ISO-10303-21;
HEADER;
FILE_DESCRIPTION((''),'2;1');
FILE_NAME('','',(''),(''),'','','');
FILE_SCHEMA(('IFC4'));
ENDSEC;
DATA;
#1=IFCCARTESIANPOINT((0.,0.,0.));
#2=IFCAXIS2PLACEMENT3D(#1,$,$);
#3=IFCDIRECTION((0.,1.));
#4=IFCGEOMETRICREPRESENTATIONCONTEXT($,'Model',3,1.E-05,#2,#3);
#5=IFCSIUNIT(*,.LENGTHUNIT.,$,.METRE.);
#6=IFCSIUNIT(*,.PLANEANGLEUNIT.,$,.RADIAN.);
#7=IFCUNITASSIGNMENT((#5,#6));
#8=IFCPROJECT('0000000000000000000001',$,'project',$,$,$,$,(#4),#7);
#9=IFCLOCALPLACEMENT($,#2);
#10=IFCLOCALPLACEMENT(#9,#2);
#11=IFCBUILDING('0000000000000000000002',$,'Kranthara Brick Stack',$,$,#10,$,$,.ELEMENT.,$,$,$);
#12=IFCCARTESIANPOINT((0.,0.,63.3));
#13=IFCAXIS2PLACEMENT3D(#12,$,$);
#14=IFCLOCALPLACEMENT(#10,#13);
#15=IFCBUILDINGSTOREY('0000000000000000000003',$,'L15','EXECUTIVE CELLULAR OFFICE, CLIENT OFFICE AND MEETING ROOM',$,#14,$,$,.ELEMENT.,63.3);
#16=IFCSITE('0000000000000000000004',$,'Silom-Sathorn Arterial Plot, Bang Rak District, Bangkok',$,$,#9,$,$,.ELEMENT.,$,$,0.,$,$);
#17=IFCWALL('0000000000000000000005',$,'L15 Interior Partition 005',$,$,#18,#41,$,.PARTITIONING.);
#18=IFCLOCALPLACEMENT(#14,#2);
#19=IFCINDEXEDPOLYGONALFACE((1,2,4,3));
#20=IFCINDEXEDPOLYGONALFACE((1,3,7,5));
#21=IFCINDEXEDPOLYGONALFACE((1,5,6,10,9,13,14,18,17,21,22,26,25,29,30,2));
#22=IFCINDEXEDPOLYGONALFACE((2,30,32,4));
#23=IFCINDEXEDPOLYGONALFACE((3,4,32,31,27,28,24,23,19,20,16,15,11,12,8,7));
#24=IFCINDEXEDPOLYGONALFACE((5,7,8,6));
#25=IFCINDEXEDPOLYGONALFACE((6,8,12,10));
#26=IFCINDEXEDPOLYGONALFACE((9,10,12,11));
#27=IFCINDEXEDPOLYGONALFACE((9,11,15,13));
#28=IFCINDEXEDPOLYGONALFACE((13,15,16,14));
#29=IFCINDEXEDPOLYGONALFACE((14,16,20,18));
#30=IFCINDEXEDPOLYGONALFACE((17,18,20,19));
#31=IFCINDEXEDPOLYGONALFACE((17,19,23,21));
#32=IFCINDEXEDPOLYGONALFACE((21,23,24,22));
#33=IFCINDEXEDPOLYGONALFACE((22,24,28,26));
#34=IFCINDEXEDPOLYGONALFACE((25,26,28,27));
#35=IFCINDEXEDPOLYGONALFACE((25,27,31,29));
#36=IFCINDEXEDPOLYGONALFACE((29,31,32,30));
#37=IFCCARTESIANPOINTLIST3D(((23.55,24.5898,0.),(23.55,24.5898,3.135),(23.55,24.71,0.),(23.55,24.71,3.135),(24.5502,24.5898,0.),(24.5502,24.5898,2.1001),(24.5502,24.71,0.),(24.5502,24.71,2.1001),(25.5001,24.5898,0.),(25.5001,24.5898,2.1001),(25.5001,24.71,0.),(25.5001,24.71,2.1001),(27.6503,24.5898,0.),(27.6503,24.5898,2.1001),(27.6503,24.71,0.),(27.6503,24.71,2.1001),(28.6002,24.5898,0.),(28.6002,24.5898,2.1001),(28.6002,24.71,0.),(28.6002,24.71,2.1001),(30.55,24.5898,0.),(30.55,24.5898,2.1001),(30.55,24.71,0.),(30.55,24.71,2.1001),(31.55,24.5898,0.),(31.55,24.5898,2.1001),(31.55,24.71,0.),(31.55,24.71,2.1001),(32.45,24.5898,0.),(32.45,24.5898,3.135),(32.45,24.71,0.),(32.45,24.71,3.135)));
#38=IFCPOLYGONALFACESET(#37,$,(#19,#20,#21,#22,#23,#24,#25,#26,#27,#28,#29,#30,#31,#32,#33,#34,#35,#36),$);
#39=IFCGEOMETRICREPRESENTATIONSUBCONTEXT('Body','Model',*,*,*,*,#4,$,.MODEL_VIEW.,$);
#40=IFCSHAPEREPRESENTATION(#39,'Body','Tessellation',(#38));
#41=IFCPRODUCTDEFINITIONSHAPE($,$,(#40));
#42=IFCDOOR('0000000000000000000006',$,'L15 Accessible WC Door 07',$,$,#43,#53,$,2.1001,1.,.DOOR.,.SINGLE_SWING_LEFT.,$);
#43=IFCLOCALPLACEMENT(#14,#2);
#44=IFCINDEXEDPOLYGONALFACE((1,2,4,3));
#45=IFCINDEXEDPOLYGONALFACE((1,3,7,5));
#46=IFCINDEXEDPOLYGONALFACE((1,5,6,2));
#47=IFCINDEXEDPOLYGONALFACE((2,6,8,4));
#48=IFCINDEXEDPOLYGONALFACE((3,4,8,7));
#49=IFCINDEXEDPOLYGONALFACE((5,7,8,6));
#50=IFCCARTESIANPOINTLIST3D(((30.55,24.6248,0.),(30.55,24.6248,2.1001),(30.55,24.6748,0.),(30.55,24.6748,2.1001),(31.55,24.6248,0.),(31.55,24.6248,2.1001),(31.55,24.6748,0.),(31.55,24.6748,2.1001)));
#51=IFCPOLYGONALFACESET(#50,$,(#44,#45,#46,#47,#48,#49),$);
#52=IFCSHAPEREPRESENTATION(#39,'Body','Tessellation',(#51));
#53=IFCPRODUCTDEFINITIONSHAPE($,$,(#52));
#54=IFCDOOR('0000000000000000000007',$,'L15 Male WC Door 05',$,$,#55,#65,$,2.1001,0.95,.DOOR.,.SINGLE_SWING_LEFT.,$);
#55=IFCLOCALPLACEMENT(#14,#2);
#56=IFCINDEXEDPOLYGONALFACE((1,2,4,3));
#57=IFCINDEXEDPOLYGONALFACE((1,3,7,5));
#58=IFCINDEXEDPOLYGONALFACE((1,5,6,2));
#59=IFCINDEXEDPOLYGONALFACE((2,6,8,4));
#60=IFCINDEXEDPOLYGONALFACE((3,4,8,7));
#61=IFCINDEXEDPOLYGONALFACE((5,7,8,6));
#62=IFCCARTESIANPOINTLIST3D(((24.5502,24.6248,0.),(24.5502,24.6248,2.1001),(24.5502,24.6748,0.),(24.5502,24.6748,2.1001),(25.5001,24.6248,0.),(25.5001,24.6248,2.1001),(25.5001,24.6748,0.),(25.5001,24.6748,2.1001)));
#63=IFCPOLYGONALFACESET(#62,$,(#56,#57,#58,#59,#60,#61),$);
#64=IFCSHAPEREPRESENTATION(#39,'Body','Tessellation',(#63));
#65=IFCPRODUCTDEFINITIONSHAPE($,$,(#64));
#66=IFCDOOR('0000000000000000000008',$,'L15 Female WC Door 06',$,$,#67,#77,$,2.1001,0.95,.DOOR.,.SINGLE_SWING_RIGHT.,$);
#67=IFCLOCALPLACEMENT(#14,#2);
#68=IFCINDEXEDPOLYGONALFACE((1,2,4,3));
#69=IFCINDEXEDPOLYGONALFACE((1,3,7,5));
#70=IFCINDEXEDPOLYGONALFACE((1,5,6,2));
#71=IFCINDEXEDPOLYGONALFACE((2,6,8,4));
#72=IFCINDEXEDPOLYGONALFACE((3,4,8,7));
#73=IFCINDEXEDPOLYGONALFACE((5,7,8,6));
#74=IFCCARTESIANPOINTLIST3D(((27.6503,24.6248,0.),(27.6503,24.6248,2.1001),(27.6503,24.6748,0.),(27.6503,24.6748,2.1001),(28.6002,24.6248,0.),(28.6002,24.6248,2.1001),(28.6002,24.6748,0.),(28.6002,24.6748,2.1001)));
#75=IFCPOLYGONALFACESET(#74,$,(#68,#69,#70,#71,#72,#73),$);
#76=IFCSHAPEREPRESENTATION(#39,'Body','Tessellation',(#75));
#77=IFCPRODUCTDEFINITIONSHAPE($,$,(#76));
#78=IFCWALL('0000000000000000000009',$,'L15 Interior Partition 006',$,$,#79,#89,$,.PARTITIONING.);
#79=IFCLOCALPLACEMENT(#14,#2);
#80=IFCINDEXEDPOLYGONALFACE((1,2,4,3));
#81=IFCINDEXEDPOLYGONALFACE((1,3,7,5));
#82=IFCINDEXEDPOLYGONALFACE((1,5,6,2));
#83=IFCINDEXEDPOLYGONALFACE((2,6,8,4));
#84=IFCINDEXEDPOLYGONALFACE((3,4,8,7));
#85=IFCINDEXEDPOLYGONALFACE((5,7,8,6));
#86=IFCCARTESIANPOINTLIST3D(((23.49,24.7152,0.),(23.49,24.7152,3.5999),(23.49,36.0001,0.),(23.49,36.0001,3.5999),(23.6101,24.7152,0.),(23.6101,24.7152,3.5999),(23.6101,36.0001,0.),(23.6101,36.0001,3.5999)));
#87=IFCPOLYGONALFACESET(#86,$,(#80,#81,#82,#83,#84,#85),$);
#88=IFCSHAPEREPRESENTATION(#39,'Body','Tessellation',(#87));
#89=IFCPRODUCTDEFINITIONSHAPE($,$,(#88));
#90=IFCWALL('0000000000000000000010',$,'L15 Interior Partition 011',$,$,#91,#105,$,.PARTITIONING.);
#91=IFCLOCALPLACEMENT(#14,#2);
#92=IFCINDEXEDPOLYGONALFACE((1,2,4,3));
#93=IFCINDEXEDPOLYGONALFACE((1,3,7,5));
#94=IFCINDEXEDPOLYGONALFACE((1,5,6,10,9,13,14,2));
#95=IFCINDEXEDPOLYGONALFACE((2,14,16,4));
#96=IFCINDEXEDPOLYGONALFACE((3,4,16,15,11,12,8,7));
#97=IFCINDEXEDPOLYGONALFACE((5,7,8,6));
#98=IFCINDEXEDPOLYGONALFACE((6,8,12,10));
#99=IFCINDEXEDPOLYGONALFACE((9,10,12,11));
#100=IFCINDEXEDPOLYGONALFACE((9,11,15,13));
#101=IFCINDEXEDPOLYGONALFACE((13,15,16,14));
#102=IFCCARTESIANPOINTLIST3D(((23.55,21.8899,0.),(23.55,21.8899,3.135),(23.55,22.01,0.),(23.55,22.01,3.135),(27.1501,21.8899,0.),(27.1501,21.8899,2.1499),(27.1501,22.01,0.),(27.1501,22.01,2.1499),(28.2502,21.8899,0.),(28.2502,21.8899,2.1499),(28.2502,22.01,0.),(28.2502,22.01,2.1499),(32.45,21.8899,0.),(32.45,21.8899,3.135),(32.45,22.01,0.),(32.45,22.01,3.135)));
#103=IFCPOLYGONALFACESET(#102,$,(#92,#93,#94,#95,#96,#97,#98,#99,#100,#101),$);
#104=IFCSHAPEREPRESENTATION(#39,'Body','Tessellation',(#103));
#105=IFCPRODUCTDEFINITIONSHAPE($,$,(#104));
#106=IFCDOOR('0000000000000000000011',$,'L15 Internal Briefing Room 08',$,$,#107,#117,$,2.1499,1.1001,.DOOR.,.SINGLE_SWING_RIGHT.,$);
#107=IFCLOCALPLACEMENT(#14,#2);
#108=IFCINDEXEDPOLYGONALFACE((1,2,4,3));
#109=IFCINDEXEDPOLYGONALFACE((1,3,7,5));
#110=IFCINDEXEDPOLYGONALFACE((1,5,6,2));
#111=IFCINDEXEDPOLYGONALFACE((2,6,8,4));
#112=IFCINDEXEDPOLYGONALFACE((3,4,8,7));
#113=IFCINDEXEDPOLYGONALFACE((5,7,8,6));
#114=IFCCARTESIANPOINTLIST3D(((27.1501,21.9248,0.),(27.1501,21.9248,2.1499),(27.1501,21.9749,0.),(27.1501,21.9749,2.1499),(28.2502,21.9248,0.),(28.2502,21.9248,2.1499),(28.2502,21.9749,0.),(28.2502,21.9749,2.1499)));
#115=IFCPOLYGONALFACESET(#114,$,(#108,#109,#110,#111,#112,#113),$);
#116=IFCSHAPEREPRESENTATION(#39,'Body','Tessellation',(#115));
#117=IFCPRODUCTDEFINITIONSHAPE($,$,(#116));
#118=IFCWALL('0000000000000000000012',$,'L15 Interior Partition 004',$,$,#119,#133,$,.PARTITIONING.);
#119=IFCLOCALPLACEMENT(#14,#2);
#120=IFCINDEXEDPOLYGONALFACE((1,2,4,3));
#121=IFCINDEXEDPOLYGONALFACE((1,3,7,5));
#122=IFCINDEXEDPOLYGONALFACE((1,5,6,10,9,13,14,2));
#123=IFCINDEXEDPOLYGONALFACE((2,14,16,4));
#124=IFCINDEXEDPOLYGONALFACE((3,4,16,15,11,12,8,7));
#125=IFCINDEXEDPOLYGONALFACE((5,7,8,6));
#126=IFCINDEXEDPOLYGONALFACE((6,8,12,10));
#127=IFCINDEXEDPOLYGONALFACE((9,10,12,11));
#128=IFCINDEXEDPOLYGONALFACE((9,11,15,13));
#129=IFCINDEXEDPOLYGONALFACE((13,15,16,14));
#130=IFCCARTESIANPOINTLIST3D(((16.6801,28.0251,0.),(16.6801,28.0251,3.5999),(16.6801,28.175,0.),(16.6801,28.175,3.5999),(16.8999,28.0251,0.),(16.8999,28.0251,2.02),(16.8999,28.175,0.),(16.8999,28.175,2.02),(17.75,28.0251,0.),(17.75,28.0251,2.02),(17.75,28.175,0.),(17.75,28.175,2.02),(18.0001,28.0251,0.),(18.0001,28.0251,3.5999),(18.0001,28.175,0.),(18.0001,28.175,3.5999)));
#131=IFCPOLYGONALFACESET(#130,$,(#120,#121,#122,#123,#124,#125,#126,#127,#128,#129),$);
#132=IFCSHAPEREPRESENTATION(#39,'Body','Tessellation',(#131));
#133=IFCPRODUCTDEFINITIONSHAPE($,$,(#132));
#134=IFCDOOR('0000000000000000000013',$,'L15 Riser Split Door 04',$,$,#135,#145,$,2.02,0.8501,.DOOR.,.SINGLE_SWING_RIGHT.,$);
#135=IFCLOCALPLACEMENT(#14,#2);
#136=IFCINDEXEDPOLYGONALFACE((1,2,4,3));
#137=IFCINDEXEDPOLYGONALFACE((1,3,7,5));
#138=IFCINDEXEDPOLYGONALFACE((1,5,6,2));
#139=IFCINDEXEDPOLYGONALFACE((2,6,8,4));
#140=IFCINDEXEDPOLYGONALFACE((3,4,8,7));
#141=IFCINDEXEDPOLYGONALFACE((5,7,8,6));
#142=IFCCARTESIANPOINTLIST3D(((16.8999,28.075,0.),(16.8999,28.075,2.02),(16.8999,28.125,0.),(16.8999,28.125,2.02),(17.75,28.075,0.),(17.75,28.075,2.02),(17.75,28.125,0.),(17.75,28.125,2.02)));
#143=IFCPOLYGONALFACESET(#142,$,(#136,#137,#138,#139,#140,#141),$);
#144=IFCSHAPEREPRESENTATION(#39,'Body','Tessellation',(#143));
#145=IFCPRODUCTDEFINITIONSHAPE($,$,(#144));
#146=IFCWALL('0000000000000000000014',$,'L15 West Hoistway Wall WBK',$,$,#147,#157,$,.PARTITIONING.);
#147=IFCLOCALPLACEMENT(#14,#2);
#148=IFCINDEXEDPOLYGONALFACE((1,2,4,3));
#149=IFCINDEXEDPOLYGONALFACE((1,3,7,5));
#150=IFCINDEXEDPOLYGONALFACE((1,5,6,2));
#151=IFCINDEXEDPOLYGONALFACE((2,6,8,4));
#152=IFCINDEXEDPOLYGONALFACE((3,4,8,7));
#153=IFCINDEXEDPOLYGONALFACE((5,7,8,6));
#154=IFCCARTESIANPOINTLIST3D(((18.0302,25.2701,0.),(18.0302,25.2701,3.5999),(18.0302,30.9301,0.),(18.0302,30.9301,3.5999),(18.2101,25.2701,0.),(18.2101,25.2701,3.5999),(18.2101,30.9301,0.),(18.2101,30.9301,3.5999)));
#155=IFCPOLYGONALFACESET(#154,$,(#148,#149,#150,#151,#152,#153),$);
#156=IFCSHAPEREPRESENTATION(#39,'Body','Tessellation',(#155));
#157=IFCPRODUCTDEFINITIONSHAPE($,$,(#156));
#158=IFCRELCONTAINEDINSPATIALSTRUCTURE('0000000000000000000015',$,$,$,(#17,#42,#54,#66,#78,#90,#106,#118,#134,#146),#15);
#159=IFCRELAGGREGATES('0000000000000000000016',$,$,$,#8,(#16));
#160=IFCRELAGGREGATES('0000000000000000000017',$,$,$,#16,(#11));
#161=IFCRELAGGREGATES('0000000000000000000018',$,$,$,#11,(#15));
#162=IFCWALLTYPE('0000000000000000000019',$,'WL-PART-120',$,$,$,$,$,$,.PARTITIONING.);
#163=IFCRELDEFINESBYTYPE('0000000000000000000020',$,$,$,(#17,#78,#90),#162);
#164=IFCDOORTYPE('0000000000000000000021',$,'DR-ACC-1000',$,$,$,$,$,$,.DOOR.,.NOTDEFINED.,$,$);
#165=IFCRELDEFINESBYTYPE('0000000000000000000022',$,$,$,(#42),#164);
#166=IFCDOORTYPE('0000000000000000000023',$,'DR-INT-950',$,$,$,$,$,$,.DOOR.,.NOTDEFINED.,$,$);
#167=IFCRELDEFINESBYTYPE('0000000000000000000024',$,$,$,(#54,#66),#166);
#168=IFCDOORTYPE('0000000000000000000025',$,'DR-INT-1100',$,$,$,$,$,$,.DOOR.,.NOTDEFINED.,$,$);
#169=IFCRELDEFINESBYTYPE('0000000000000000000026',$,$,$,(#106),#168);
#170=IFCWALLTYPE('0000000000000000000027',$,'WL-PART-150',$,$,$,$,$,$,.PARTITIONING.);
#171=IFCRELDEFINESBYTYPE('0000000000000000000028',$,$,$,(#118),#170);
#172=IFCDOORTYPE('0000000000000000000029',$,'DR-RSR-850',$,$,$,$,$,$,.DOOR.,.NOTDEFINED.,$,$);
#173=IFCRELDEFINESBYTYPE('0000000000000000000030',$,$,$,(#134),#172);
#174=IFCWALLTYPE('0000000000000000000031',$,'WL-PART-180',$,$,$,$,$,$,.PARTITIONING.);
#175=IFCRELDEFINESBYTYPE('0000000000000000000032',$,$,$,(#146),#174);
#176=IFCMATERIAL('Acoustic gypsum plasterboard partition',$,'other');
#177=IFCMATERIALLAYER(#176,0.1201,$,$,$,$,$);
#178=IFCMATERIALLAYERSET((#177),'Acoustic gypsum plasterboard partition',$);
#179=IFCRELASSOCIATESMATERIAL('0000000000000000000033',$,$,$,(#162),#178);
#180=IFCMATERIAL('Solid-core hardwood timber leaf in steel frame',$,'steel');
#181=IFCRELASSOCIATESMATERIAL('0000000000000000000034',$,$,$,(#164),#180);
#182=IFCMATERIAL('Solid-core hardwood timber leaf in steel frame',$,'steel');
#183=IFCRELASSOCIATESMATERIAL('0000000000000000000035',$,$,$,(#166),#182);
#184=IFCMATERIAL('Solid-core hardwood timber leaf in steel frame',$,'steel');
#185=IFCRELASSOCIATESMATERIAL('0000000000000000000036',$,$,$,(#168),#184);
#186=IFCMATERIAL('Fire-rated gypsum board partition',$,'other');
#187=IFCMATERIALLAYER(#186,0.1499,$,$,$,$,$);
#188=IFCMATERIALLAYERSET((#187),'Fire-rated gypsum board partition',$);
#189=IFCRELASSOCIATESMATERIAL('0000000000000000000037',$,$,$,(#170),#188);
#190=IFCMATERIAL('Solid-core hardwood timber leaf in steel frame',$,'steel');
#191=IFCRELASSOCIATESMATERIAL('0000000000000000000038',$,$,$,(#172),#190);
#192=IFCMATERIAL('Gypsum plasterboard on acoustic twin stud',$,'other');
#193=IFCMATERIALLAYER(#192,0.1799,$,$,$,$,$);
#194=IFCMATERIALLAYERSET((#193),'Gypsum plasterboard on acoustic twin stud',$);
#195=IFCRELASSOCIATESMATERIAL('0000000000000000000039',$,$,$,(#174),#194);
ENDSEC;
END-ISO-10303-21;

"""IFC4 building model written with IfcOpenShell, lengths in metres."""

from ifc_helpers import new_model, si_unit, direction, frame, frame_2d, origin, place, context, subcontext, project, spatial, rectangle, extrude, material, layer, layer_set, type_object, element, fill, save


model = new_model("IFC4")

# Units and contexts
model_context = context("Model", 3, precision=1e-05, world=origin(), true_north=direction((0.0, 1.0)))
body_context = subcontext(model_context, "Body", "Model", "MODEL_VIEW")
ifc_project = project(units=[si_unit("LENGTHUNIT", "METRE"), si_unit("PLANEANGLEUNIT", "RADIAN")], contexts=[model_context])

# Site, building, storey
site_placement = place(None, origin())
site = spatial("IfcSite", under=ifc_project, at=site_placement, Name="Silom-Sathorn Arterial Plot, Bang Rak District, Bangkok", CompositionType="ELEMENT", RefElevation=0.0)
building_placement = place(site_placement, origin())
building = spatial("IfcBuilding", under=site, at=building_placement, Name="Kranthara Brick Stack", CompositionType="ELEMENT")
storey_placement = place(building_placement, frame((0.0, 0.0, 63.3)))
storey = spatial("IfcBuildingStorey", under=building, at=storey_placement, Name="L15", Description="EXECUTIVE CELLULAR OFFICE, CLIENT OFFICE AND MEETING ROOM", CompositionType="ELEMENT", Elevation=63.3)

# Wall, openings, doors
ifc_material_1 = material(Name="Acoustic gypsum plasterboard partition", Category="other")
ifc_layer_1 = layer(ifc_material_1, 0.1201)
ifc_layer_set_1 = layer_set([ifc_layer_1], Name="Acoustic gypsum plasterboard partition")
wall_type_1 = type_object("IfcWallType", Name="WL-PART-120", PredefinedType="PARTITIONING", material=ifc_layer_set_1)
wall_1_placement = place(storey_placement, frame((23.55, 24.6499, 0.0), z_axis=(0.0, 0.0, 1.0), x_axis=(1.0, 0.0, 0.0)))
wall_1 = element("IfcWall", 1, at=wall_1_placement, inside=storey, type_object=wall_type_1, Name="L15 Interior Partition 005", PredefinedType="PARTITIONING", context=body_context, shape_type="SweptSolid", body=[
    extrude(rectangle(XDim=8.8999, YDim=0.1201, at=frame_2d((4.45, 0.0))), origin(), (0.0, 0.0, 1.0), 3.135),
])
opening_1_placement = place(wall_1_placement, frame((1.0, 0.0, 0.0)))
opening_1 = element("IfcOpeningElement", 2, at=opening_1_placement, cuts=wall_1, PredefinedType="OPENING", context=body_context, shape_type="SweptSolid", body=[
    extrude(rectangle(XDim=0.95, YDim=2.1001, at=frame_2d((0.4751, 1.05))), frame((0.0, 0.0701, 0.0), z_axis=(0.0, -1.0, 0.0), x_axis=(1.0, 0.0, 0.0)), (0.0, 0.0, 1.0), 0.1401),
])
opening_2_placement = place(wall_1_placement, frame((4.1001, 0.0, 0.0)))
opening_2 = element("IfcOpeningElement", 3, at=opening_2_placement, cuts=wall_1, PredefinedType="OPENING", context=body_context, shape_type="SweptSolid", body=[
    extrude(rectangle(XDim=0.95, YDim=2.1001, at=frame_2d((0.4751, 1.05))), frame((0.0, 0.0701, 0.0), z_axis=(0.0, -1.0, 0.0), x_axis=(1.0, 0.0, 0.0)), (0.0, 0.0, 1.0), 0.1401),
])
opening_3_placement = place(wall_1_placement, frame((7.0, 0.0, 0.0)))
opening_3 = element("IfcOpeningElement", 4, at=opening_3_placement, cuts=wall_1, PredefinedType="OPENING", context=body_context, shape_type="SweptSolid", body=[
    extrude(rectangle(XDim=1.0, YDim=2.1001, at=frame_2d((0.5, 1.05))), frame((0.0, 0.0701, 0.0), z_axis=(0.0, -1.0, 0.0), x_axis=(1.0, 0.0, 0.0)), (0.0, 0.0, 1.0), 0.1401),
])
ifc_material_2 = material(Name="Solid-core hardwood timber leaf in steel frame", Category="steel")
door_type_1 = type_object("IfcDoorType", Name="DR-ACC-1000", OperationType="NOTDEFINED", PredefinedType="DOOR", material=ifc_material_2)
door_1_placement = place(opening_3_placement, origin())
door_1 = element("IfcDoor", 5, at=door_1_placement, inside=storey, type_object=door_type_1, Name="L15 Accessible WC Door 07", OperationType="SINGLE_SWING_LEFT", OverallHeight=2.1001, OverallWidth=1.0, PredefinedType="DOOR", context=body_context, shape_type="SweptSolid", body=[
    extrude(rectangle(XDim=1.0, YDim=2.1001, at=frame_2d((0.5, 1.05))), frame((0.0, 0.0249, 0.0), z_axis=(0.0, -1.0, 0.0), x_axis=(1.0, 0.0, 0.0)), (0.0, 0.0, 1.0), 0.05),
])
fill(opening_3, door_1)
ifc_material_3 = material(Name="Solid-core hardwood timber leaf in steel frame", Category="steel")
door_type_2 = type_object("IfcDoorType", Name="DR-INT-950", OperationType="NOTDEFINED", PredefinedType="DOOR", material=ifc_material_3)
door_2_placement = place(opening_1_placement, origin())
door_2 = element("IfcDoor", 6, at=door_2_placement, inside=storey, type_object=door_type_2, Name="L15 Male WC Door 05", OperationType="SINGLE_SWING_LEFT", OverallHeight=2.1001, OverallWidth=0.95, PredefinedType="DOOR", context=body_context, shape_type="SweptSolid", body=[
    extrude(rectangle(XDim=0.95, YDim=2.1001, at=frame_2d((0.4751, 1.05))), frame((0.0, 0.0249, 0.0), z_axis=(0.0, -1.0, 0.0), x_axis=(1.0, 0.0, 0.0)), (0.0, 0.0, 1.0), 0.05),
])
fill(opening_1, door_2)
door_3_placement = place(opening_2_placement, origin())
door_3 = element("IfcDoor", 7, at=door_3_placement, inside=storey, type_object=door_type_2, Name="L15 Female WC Door 06", OperationType="SINGLE_SWING_RIGHT", OverallHeight=2.1001, OverallWidth=0.95, PredefinedType="DOOR", context=body_context, shape_type="SweptSolid", body=[
    extrude(rectangle(XDim=0.95, YDim=2.1001, at=frame_2d((0.4751, 1.05))), frame((0.0, 0.0249, 0.0), z_axis=(0.0, -1.0, 0.0), x_axis=(1.0, 0.0, 0.0)), (0.0, 0.0, 1.0), 0.05),
])
fill(opening_2, door_3)

# Wall
wall_2_placement = place(storey_placement, frame((23.55, 24.7151, 0.0), z_axis=(0.0, 0.0, 1.0), x_axis=(0.0, 1.0, 0.0)))
element("IfcWall", 8, at=wall_2_placement, inside=storey, type_object=wall_type_1, Name="L15 Interior Partition 006", PredefinedType="PARTITIONING", context=body_context, shape_type="SweptSolid", body=[
    extrude(rectangle(XDim=11.2849, YDim=0.1201, at=frame_2d((5.6426, 0.0))), origin(), (0.0, 0.0, 1.0), 3.5999),
])

# Walls, openings, doors
wall_3_placement = place(storey_placement, frame((23.55, 21.95, 0.0), z_axis=(0.0, 0.0, 1.0), x_axis=(1.0, 0.0, 0.0)))
wall_3 = element("IfcWall", 9, at=wall_3_placement, inside=storey, type_object=wall_type_1, Name="L15 Interior Partition 011", PredefinedType="PARTITIONING", context=body_context, shape_type="SweptSolid", body=[
    extrude(rectangle(XDim=8.8999, YDim=0.1201, at=frame_2d((4.45, 0.0))), origin(), (0.0, 0.0, 1.0), 3.135),
])
opening_4_placement = place(wall_3_placement, frame((3.6001, 0.0, 0.0)))
opening_4 = element("IfcOpeningElement", 10, at=opening_4_placement, cuts=wall_3, PredefinedType="OPENING", context=body_context, shape_type="SweptSolid", body=[
    extrude(rectangle(XDim=1.1001, YDim=2.1499, at=frame_2d((0.55, 1.075))), frame((0.0, 0.0701, 0.0), z_axis=(0.0, -1.0, 0.0), x_axis=(1.0, 0.0, 0.0)), (0.0, 0.0, 1.0), 0.1401),
])
ifc_material_4 = material(Name="Solid-core hardwood timber leaf in steel frame", Category="steel")
door_type_3 = type_object("IfcDoorType", Name="DR-INT-1100", OperationType="NOTDEFINED", PredefinedType="DOOR", material=ifc_material_4)
door_4_placement = place(opening_4_placement, origin())
door_4 = element("IfcDoor", 11, at=door_4_placement, inside=storey, type_object=door_type_3, Name="L15 Internal Briefing Room 08", OperationType="SINGLE_SWING_RIGHT", OverallHeight=2.1499, OverallWidth=1.1001, PredefinedType="DOOR", context=body_context, shape_type="SweptSolid", body=[
    extrude(rectangle(XDim=1.1001, YDim=2.1499, at=frame_2d((0.55, 1.075))), frame((0.0, 0.0249, 0.0), z_axis=(0.0, -1.0, 0.0), x_axis=(1.0, 0.0, 0.0)), (0.0, 0.0, 1.0), 0.05),
])
fill(opening_4, door_4)
ifc_material_5 = material(Name="Fire-rated gypsum board partition", Category="other")
ifc_layer_2 = layer(ifc_material_5, 0.1499)
ifc_layer_set_2 = layer_set([ifc_layer_2], Name="Fire-rated gypsum board partition")
wall_type_2 = type_object("IfcWallType", Name="WL-PART-150", PredefinedType="PARTITIONING", material=ifc_layer_set_2)
wall_4_placement = place(storey_placement, frame((16.6799, 28.1001, 0.0), z_axis=(0.0, 0.0, 1.0), x_axis=(1.0, 0.0, 0.0)))
wall_4 = element("IfcWall", 12, at=wall_4_placement, inside=storey, type_object=wall_type_2, Name="L15 Interior Partition 004", PredefinedType="PARTITIONING", context=body_context, shape_type="SweptSolid", body=[
    extrude(rectangle(XDim=1.3201, YDim=0.1499, at=frame_2d((0.6602, 0.0))), origin(), (0.0, 0.0, 1.0), 3.5999),
])
opening_5_placement = place(wall_4_placement, frame((0.22, 0.0, 0.0)))
opening_5 = element("IfcOpeningElement", 13, at=opening_5_placement, cuts=wall_4, PredefinedType="OPENING", context=body_context, shape_type="SweptSolid", body=[
    extrude(rectangle(XDim=0.8501, YDim=2.02, at=frame_2d((0.425, 1.01))), frame((0.0, 0.085, 0.0), z_axis=(0.0, -1.0, 0.0), x_axis=(1.0, 0.0, 0.0)), (0.0, 0.0, 1.0), 0.1699),
])
ifc_material_6 = material(Name="Solid-core hardwood timber leaf in steel frame", Category="steel")
door_type_4 = type_object("IfcDoorType", Name="DR-RSR-850", OperationType="NOTDEFINED", PredefinedType="DOOR", material=ifc_material_6)
door_5_placement = place(opening_5_placement, origin())
door_5 = element("IfcDoor", 14, at=door_5_placement, inside=storey, type_object=door_type_4, Name="L15 Riser Split Door 04", OperationType="SINGLE_SWING_RIGHT", OverallHeight=2.02, OverallWidth=0.8501, PredefinedType="DOOR", context=body_context, shape_type="SweptSolid", body=[
    extrude(rectangle(XDim=0.8501, YDim=2.02, at=frame_2d((0.425, 1.01))), frame((0.0, 0.0249, 0.0), z_axis=(0.0, -1.0, 0.0), x_axis=(1.0, 0.0, 0.0)), (0.0, 0.0, 1.0), 0.05),
])
fill(opening_5, door_5)

# Wall
ifc_material_7 = material(Name="Gypsum plasterboard on acoustic twin stud", Category="other")
ifc_layer_3 = layer(ifc_material_7, 0.1799)
ifc_layer_set_3 = layer_set([ifc_layer_3], Name="Gypsum plasterboard on acoustic twin stud")
wall_type_3 = type_object("IfcWallType", Name="WL-PART-180", PredefinedType="PARTITIONING", material=ifc_layer_set_3)
wall_5_placement = place(storey_placement, frame((18.1201, 25.27, 0.0), z_axis=(0.0, 0.0, 1.0), x_axis=(0.0, 1.0, 0.0)))
element("IfcWall", 15, at=wall_5_placement, inside=storey, type_object=wall_type_3, Name="L15 West Hoistway Wall WBK", PredefinedType="PARTITIONING", context=body_context, shape_type="SweptSolid", body=[
    extrude(rectangle(XDim=5.6599, YDim=0.1799, at=frame_2d((2.8301, 0.0))), origin(), (0.0, 0.0, 1.0), 3.5999),
])

save(model, "model.ifc")
